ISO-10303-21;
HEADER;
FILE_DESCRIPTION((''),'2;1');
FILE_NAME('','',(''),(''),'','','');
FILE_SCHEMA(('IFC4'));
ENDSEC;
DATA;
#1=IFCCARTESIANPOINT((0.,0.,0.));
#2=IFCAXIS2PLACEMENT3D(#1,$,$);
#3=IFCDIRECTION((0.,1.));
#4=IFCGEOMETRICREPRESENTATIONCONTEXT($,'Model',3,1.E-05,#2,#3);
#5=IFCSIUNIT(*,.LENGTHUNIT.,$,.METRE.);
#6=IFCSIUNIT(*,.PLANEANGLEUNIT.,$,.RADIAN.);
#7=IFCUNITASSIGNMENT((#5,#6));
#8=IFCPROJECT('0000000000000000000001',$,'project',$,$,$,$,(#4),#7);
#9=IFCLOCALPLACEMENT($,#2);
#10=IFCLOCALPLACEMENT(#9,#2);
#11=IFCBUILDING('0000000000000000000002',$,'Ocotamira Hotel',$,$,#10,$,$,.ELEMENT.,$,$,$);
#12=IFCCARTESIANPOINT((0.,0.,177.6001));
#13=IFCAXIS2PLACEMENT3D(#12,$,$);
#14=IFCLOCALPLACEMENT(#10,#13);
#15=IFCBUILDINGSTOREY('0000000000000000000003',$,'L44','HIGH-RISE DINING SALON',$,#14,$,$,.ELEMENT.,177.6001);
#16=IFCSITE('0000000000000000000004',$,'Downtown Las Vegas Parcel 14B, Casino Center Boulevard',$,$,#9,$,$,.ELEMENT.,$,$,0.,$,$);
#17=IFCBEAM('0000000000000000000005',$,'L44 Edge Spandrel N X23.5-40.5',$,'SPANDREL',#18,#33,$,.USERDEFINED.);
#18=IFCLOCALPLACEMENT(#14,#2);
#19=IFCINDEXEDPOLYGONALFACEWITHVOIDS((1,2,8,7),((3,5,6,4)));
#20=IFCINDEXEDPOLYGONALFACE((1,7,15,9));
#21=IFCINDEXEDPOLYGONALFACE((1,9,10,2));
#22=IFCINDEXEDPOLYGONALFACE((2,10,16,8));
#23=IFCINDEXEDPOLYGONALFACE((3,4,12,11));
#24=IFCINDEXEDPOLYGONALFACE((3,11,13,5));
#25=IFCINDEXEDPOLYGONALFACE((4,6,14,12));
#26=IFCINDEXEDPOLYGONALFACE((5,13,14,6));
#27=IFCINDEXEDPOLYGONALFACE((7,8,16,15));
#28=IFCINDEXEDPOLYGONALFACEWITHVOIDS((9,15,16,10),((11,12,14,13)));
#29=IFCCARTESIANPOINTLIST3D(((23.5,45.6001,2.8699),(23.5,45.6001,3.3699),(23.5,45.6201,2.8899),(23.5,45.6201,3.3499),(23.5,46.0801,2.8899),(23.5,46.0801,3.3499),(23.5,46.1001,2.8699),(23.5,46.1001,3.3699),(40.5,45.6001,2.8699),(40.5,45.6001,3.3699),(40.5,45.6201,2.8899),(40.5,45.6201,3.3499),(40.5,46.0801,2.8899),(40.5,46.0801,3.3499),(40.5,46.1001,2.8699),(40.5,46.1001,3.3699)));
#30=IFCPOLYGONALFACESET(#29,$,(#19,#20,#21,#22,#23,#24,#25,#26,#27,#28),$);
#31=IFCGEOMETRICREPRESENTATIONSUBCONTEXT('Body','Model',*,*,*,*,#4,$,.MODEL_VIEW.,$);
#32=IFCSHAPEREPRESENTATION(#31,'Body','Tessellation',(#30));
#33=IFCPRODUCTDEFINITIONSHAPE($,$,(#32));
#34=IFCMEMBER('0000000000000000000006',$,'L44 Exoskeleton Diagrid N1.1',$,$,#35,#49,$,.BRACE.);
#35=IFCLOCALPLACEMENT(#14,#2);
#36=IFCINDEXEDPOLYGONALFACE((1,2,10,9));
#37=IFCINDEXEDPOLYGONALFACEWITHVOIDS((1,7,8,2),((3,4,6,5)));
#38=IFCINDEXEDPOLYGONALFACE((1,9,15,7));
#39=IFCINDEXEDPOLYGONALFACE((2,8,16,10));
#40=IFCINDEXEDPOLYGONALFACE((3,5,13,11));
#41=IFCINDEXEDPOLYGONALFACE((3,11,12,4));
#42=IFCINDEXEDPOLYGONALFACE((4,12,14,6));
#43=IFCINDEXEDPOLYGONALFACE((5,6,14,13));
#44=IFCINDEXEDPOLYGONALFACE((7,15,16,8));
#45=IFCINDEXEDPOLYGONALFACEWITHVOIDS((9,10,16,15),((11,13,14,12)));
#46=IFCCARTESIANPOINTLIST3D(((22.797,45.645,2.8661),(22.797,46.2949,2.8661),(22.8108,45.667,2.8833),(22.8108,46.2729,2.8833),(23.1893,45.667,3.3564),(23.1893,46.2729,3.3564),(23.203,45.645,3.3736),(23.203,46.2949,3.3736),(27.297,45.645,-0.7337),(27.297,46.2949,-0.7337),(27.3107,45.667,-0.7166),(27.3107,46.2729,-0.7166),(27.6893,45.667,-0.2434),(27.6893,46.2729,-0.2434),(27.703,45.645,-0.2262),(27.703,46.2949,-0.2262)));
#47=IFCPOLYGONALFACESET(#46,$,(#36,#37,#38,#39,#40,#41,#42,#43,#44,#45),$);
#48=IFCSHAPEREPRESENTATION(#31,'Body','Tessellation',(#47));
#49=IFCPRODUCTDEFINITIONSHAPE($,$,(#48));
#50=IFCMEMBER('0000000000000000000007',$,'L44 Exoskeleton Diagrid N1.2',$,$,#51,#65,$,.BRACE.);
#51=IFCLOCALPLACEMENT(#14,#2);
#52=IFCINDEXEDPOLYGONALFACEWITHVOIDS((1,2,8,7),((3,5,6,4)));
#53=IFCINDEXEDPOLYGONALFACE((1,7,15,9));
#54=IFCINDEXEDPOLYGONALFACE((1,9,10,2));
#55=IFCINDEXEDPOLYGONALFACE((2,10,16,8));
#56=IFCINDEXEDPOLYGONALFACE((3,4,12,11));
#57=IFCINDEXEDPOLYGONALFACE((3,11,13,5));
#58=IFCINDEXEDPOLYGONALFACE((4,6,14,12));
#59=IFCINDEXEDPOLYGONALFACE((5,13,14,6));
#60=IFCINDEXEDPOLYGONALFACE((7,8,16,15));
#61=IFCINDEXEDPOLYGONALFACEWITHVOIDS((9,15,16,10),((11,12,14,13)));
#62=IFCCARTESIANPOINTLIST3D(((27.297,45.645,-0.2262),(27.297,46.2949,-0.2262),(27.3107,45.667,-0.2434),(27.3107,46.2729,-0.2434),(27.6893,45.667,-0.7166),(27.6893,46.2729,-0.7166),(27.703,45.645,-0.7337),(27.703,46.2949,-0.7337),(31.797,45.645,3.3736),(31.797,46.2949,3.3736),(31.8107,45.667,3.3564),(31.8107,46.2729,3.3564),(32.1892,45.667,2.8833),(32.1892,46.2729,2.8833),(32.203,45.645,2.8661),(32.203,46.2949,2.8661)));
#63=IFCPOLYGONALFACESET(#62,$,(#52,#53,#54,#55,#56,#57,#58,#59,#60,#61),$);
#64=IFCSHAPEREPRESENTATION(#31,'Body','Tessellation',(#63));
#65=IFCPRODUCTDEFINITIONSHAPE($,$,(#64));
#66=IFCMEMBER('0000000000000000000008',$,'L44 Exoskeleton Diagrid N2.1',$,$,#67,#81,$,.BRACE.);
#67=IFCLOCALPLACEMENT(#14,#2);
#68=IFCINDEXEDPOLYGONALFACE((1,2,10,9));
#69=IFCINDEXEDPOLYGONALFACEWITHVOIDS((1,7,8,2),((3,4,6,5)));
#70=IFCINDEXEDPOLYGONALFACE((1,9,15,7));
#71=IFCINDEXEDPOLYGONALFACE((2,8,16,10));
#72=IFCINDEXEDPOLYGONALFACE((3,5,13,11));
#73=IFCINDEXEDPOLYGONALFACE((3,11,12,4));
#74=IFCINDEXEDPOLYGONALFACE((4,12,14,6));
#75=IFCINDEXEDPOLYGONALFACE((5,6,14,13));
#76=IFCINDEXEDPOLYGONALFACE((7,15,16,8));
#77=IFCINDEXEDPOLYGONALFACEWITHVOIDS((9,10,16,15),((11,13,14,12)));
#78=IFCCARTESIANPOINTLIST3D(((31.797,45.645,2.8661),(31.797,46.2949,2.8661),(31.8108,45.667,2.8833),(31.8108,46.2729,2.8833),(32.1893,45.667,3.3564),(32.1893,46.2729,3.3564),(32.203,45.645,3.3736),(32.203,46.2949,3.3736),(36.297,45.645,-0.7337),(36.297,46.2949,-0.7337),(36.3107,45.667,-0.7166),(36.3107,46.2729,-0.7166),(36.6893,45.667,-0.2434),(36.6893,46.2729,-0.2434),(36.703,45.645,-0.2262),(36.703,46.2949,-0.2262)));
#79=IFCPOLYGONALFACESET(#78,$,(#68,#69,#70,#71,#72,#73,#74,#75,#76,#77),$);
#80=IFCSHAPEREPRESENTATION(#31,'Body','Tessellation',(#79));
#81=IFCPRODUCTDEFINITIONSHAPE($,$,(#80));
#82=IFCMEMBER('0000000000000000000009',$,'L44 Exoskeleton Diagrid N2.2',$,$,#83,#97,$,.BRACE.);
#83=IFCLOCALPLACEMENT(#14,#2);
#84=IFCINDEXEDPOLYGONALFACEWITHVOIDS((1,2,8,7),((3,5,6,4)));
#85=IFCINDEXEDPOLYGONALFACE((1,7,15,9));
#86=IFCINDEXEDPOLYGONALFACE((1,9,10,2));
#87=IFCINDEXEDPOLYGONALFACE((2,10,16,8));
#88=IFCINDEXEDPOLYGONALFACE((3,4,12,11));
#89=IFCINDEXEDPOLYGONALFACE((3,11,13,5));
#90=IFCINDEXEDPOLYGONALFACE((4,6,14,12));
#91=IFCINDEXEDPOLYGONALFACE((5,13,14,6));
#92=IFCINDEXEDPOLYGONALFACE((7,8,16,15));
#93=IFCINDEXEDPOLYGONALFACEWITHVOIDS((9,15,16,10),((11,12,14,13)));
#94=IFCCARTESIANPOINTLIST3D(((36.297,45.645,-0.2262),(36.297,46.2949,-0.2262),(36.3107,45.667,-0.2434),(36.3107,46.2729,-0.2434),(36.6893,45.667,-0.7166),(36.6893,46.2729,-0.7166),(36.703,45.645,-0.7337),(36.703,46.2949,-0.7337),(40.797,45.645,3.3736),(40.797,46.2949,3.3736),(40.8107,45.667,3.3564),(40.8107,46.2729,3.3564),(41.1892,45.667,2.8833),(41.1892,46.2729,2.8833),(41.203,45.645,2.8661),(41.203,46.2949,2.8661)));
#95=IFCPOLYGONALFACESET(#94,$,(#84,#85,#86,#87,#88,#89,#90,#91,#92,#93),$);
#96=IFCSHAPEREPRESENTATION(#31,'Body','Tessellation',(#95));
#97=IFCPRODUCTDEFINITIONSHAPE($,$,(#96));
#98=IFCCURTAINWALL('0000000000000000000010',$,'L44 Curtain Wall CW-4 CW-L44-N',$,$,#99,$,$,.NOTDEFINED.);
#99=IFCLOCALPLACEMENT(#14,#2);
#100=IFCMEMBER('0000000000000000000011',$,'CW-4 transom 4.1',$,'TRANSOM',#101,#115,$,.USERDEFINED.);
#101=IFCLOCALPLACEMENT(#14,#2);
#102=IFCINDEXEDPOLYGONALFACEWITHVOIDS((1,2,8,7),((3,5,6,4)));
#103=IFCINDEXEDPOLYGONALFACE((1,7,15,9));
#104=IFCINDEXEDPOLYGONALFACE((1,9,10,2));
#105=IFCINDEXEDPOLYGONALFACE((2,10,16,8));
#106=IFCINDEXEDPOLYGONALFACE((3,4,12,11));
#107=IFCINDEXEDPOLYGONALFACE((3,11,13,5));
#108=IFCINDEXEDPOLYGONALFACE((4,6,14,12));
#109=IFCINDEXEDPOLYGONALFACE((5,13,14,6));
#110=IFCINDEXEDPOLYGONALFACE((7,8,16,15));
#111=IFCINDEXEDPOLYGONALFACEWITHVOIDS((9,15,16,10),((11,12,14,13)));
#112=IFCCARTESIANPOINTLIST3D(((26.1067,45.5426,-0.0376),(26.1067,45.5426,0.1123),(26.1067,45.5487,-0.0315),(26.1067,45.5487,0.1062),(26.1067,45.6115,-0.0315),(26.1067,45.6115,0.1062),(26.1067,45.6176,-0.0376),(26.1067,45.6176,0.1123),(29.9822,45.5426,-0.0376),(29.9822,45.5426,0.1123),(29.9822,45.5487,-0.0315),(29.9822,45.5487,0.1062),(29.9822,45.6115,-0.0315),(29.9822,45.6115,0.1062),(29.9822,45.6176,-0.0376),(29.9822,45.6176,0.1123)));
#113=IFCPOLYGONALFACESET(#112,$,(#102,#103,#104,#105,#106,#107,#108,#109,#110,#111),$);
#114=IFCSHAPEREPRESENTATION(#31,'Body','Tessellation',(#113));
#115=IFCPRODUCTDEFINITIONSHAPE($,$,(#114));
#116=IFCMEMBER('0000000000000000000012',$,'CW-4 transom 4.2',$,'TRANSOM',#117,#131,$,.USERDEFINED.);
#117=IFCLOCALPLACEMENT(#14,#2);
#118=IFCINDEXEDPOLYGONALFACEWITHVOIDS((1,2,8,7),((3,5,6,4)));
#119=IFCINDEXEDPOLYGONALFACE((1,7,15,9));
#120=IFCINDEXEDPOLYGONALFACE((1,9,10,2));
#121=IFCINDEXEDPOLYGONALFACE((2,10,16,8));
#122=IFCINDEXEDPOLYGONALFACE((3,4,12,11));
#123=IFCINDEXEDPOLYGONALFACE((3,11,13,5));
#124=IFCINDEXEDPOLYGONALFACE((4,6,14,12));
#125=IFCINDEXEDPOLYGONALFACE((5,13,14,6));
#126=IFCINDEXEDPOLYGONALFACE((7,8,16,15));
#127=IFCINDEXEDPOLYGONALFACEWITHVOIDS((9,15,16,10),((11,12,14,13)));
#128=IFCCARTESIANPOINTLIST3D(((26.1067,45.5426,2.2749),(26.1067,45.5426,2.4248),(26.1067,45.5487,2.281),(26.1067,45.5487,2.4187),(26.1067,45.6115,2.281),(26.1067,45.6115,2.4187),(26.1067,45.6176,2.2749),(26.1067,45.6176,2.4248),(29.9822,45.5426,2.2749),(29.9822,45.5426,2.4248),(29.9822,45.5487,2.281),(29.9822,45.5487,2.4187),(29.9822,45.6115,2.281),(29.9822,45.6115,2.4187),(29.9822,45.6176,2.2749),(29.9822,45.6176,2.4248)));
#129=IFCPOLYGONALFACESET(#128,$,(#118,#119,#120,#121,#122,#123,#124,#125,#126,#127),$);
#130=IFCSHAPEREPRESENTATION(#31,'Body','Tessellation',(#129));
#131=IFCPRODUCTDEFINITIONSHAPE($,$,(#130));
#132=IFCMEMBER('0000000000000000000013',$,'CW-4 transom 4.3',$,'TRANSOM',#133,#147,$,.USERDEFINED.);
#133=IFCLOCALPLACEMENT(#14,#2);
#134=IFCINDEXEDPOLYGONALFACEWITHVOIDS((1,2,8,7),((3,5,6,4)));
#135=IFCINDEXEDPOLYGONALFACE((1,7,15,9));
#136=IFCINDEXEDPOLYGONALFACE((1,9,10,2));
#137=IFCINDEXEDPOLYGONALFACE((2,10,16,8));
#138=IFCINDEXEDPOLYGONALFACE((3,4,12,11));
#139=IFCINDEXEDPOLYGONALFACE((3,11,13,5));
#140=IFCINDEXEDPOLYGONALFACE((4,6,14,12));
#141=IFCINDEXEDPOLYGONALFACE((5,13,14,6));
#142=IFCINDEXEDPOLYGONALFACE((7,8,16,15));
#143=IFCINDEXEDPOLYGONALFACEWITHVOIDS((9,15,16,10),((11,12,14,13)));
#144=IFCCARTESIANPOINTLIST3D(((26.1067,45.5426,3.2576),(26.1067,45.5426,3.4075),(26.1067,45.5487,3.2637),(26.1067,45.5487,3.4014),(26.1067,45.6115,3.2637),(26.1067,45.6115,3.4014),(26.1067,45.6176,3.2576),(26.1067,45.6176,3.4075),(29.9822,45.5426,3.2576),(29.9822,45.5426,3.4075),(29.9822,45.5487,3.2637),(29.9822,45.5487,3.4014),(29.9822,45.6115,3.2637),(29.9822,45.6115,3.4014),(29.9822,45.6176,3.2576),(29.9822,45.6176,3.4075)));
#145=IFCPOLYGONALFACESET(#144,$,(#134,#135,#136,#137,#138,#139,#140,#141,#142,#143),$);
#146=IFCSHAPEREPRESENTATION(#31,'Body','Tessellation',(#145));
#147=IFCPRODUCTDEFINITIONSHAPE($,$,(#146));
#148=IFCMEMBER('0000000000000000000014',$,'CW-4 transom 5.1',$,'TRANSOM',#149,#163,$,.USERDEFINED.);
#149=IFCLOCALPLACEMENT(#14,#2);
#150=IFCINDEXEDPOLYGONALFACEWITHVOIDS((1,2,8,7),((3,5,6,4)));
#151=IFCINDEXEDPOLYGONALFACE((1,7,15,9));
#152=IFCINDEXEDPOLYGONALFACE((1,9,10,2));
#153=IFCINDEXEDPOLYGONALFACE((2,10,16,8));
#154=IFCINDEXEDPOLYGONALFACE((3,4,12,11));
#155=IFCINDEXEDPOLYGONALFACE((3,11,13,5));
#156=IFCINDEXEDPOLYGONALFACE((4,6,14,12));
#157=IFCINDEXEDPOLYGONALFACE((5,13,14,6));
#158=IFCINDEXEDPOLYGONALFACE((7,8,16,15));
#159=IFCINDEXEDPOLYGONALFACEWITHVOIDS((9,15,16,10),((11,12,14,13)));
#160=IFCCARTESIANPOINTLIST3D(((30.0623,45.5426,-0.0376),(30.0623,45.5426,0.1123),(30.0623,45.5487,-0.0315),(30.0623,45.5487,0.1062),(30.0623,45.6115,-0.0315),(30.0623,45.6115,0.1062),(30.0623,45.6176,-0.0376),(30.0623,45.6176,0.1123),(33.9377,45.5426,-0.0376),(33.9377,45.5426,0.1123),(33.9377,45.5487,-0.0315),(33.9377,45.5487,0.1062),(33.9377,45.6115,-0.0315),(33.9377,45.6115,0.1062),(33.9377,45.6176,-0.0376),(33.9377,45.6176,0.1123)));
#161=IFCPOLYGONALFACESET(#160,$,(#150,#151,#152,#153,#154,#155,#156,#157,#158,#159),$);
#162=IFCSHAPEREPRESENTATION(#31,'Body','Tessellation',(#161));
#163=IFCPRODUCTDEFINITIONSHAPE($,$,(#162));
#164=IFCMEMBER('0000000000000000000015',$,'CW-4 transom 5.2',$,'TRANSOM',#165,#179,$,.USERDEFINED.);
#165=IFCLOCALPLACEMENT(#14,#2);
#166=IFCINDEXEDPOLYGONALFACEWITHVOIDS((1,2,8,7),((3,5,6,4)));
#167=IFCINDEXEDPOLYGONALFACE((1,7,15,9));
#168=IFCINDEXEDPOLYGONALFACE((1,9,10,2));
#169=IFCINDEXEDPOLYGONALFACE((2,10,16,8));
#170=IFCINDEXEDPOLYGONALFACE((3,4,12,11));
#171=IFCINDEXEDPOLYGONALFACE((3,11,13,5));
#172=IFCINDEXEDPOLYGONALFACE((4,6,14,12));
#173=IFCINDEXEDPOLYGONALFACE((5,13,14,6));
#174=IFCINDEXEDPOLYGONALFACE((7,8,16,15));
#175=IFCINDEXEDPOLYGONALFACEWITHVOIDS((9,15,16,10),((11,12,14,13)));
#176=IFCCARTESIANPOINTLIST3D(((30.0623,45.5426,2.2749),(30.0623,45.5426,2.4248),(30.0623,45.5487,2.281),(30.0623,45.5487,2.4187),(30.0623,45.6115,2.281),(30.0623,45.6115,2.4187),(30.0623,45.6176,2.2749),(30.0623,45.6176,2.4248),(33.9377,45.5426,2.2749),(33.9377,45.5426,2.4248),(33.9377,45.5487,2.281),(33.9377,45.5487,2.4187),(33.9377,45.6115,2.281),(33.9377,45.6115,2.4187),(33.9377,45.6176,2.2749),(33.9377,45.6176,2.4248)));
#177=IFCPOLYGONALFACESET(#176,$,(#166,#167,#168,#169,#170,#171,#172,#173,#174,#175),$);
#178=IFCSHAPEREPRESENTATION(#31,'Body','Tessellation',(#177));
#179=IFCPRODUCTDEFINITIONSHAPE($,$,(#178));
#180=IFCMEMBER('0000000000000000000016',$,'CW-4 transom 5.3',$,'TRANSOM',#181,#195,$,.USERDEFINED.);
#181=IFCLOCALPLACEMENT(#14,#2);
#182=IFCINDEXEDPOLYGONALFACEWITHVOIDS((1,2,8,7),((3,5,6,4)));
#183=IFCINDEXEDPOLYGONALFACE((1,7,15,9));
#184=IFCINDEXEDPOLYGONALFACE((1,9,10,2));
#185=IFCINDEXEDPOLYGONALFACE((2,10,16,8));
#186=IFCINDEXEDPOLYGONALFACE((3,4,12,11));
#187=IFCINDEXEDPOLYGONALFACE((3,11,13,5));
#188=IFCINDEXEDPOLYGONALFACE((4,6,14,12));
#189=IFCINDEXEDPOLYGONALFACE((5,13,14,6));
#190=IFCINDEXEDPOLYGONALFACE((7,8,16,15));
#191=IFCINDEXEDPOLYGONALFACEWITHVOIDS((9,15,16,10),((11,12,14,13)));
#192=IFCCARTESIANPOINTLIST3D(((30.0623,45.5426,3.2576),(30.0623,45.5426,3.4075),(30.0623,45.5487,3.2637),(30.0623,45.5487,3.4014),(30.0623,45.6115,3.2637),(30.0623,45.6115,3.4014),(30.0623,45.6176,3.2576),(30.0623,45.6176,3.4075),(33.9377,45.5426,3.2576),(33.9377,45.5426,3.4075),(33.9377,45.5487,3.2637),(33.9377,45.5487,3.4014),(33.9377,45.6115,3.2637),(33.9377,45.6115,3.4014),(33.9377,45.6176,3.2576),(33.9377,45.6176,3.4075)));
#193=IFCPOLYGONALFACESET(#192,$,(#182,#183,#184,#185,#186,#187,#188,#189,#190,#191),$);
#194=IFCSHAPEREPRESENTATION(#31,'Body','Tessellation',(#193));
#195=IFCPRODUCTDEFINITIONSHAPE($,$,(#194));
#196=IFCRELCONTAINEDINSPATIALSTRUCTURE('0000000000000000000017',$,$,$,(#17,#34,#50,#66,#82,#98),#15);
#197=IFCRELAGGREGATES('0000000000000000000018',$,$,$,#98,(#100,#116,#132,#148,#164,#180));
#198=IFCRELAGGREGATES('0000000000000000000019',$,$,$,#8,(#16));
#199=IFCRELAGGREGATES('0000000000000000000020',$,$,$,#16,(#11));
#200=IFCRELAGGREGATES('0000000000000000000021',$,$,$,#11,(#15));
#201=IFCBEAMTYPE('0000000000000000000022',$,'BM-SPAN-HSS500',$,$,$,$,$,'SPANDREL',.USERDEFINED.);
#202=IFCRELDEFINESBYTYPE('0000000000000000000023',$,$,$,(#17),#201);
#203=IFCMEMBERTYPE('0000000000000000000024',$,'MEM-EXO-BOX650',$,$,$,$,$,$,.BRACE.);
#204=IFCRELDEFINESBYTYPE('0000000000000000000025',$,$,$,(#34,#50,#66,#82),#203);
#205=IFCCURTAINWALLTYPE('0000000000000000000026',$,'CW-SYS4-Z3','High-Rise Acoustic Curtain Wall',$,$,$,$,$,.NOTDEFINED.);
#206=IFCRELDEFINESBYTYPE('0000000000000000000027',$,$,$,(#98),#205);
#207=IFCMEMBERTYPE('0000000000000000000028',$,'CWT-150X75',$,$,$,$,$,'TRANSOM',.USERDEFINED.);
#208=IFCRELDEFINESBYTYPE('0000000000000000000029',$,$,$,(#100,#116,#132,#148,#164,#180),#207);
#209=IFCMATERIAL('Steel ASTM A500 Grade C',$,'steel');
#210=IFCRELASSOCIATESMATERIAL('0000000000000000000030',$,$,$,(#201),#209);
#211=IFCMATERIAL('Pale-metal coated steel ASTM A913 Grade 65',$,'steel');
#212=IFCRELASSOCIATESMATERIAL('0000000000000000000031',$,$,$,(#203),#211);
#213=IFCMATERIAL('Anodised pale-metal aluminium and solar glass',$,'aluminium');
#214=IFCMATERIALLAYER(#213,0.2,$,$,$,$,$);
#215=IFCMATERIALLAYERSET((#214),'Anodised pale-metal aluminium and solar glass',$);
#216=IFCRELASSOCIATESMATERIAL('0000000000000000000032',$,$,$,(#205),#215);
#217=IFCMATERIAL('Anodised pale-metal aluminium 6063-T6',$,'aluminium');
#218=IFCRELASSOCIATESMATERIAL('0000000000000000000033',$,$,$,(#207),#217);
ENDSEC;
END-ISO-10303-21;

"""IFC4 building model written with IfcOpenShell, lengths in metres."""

from ifc_helpers import new_model, si_unit, direction, frame, origin, origin_2d, place, context, subcontext, project, spatial, hollow_rectangle, extrude, source, transform, mapped, material, layer, layer_set, material_profile, profile_set, type_object, element, aggregate, save


model = new_model("IFC4")

# Units and contexts
model_context = context("Model", 3, precision=1e-05, world=origin(), true_north=direction((0.0, 1.0)))
body_context = subcontext(model_context, "Body", "Model", "MODEL_VIEW")
ifc_project = project(units=[si_unit("LENGTHUNIT", "METRE"), si_unit("PLANEANGLEUNIT", "RADIAN")], contexts=[model_context])

# Site, building, storey
site_placement = place(None, origin())
site = spatial("IfcSite", under=ifc_project, at=site_placement, Name="Downtown Las Vegas Parcel 14B, Casino Center Boulevard", CompositionType="ELEMENT", RefElevation=0.0)
building_placement = place(site_placement, origin())
building = spatial("IfcBuilding", under=site, at=building_placement, Name="Ocotamira Hotel", CompositionType="ELEMENT")
storey_placement = place(building_placement, frame((0.0, 0.0, 177.6001)))
storey = spatial("IfcBuildingStorey", under=building, at=storey_placement, Name="L44", Description="HIGH-RISE DINING SALON", CompositionType="ELEMENT", Elevation=177.6001)

# Beam
ifc_material_1 = material(Name="Steel ASTM A500 Grade C", Category="steel")
ifc_material_profile_1 = material_profile(ifc_material_1, hollow_rectangle(XDim=0.5, YDim=0.5, WallThickness=0.02, at=origin_2d()), Name="HSS500X500X20")
ifc_profile_set_1 = profile_set([ifc_material_profile_1], Name="Steel ASTM A500 Grade C")
beam_type = type_object("IfcBeamType", Name="BM-SPAN-HSS500", ElementType="SPANDREL", PredefinedType="USERDEFINED", material=ifc_profile_set_1)
shared_shape_1 = source(origin(), body_context, "Body", "SweptSolid", [
    extrude(hollow_rectangle(XDim=0.5, YDim=0.5, WallThickness=0.02, at=origin_2d()), origin(), (0.0, 0.0, 1.0), 17.0),
])
beam_placement = place(storey_placement, frame((23.5, 45.8501, 3.1199), z_axis=(1.0, 0.0, 0.0), x_axis=(0.0, 1.0, 0.0)))
element("IfcBeam", 1, at=beam_placement, inside=storey, type_object=beam_type, Name="L44 Edge Spandrel N X23.5-40.5", ObjectType="SPANDREL", PredefinedType="USERDEFINED", context=body_context, shape_type="MappedRepresentation", body=[
    mapped(shared_shape_1, transform((0.0, 0.0, 0.0), scale=1.0)),
])

# Members
ifc_material_2 = material(Name="Pale-metal coated steel ASTM A913 Grade 65", Category="steel")
ifc_material_profile_2 = material_profile(ifc_material_2, hollow_rectangle(XDim=0.6499, YDim=0.6499, WallThickness=0.022, at=origin_2d()), Name="BOX650X650X22")
ifc_profile_set_2 = profile_set([ifc_material_profile_2], Name="Pale-metal coated steel ASTM A913 Grade 65")
member_type_1 = type_object("IfcMemberType", Name="MEM-EXO-BOX650", PredefinedType="BRACE", material=ifc_profile_set_2)
shared_shape_2 = source(origin(), body_context, "Body", "SweptSolid", [
    extrude(hollow_rectangle(XDim=0.6499, YDim=0.6499, WallThickness=0.022, at=origin_2d()), origin(), (0.0, 0.0, 1.0), 5.7627),
])
for number, where, z_axis, x_axis, name in (
    (2, (27.5, 45.97, -0.48), (-0.780881, 0.0, 0.62468), (0.0, -1.0, 0.0), "L44 Exoskeleton Diagrid N1.1"),
    (3, (27.5, 45.97, -0.48), (0.780881, 0.0, 0.62468), (0.0, 1.0, 0.0), "L44 Exoskeleton Diagrid N1.2"),
    (4, (36.5, 45.97, -0.48), (-0.780881, 0.0, 0.62468), (0.0, -1.0, 0.0), "L44 Exoskeleton Diagrid N2.1"),
    (5, (36.5, 45.97, -0.48), (0.780881, 0.0, 0.62468), (0.0, 1.0, 0.0), "L44 Exoskeleton Diagrid N2.2"),
):
    element("IfcMember", number, at=place(storey_placement, frame(where, z_axis=z_axis, x_axis=x_axis)), inside=storey, type_object=member_type_1, Name=name, PredefinedType="BRACE", context=body_context, shape_type="MappedRepresentation", body=[
        mapped(shared_shape_2, transform((0.0, 0.0, 0.0), scale=1.0)),
    ])

# Curtain wall, members
ifc_material_3 = material(Name="Anodised pale-metal aluminium and solar glass", Category="aluminium")
ifc_layer_1 = layer(ifc_material_3, 0.2)
ifc_layer_set_1 = layer_set([ifc_layer_1], Name="Anodised pale-metal aluminium and solar glass")
curtain_wall_type = type_object("IfcCurtainWallType", Name="CW-SYS4-Z3", Description="High-Rise Acoustic Curtain Wall", PredefinedType="NOTDEFINED", material=ifc_layer_set_1)
curtain_wall_placement = place(storey_placement, origin())
curtain_wall = element("IfcCurtainWall", 6, at=curtain_wall_placement, inside=storey, type_object=curtain_wall_type, Name="L44 Curtain Wall CW-4 CW-L44-N", PredefinedType="NOTDEFINED")
ifc_material_4 = material(Name="Anodised pale-metal aluminium 6063-T6", Category="aluminium")
ifc_material_profile_3 = material_profile(ifc_material_4, hollow_rectangle(XDim=0.075, YDim=0.1499, WallThickness=0.0061, at=origin_2d()), Name="HSS150X75X6")
ifc_profile_set_3 = profile_set([ifc_material_profile_3], Name="Anodised pale-metal aluminium 6063-T6")
member_type_2 = type_object("IfcMemberType", Name="CWT-150X75", ElementType="TRANSOM", PredefinedType="USERDEFINED", material=ifc_profile_set_3)
shared_shape_3 = source(origin(), body_context, "Body", "SweptSolid", [
    extrude(hollow_rectangle(XDim=0.075, YDim=0.1499, WallThickness=0.0061, at=origin_2d()), origin(), (0.0, 0.0, 1.0), 3.8755),
])
member_1_placement = place(storey_placement, frame((26.1067, 45.5801, 0.0374), z_axis=(1.0, 0.0, 0.0), x_axis=(0.0, 1.0, 0.0)))
member_1 = element("IfcMember", 7, at=member_1_placement, type_object=member_type_2, Name="CW-4 transom 4.1", ObjectType="TRANSOM", PredefinedType="USERDEFINED", context=body_context, shape_type="MappedRepresentation", body=[
    mapped(shared_shape_3, transform((0.0, 0.0, 0.0), scale=1.0)),
])
member_2_placement = place(storey_placement, frame((26.1067, 45.5801, 2.3499), z_axis=(1.0, 0.0, 0.0), x_axis=(0.0, 1.0, 0.0)))
member_2 = element("IfcMember", 8, at=member_2_placement, type_object=member_type_2, Name="CW-4 transom 4.2", ObjectType="TRANSOM", PredefinedType="USERDEFINED", context=body_context, shape_type="MappedRepresentation", body=[
    mapped(shared_shape_3, transform((0.0, 0.0, 0.0), scale=1.0)),
])
member_3_placement = place(storey_placement, frame((26.1067, 45.5801, 3.3325), z_axis=(1.0, 0.0, 0.0), x_axis=(0.0, 1.0, 0.0)))
member_3 = element("IfcMember", 9, at=member_3_placement, type_object=member_type_2, Name="CW-4 transom 4.3", ObjectType="TRANSOM", PredefinedType="USERDEFINED", context=body_context, shape_type="MappedRepresentation", body=[
    mapped(shared_shape_3, transform((0.0, 0.0, 0.0), scale=1.0)),
])
member_4_placement = place(storey_placement, frame((30.0623, 45.5801, 0.0374), z_axis=(1.0, 0.0, 0.0), x_axis=(0.0, 1.0, 0.0)))
member_4 = element("IfcMember", 10, at=member_4_placement, type_object=member_type_2, Name="CW-4 transom 5.1", ObjectType="TRANSOM", PredefinedType="USERDEFINED", context=body_context, shape_type="MappedRepresentation", body=[
    mapped(shared_shape_3, transform((0.0, 0.0, 0.0), scale=1.0)),
])
member_5_placement = place(storey_placement, frame((30.0623, 45.5801, 2.3499), z_axis=(1.0, 0.0, 0.0), x_axis=(0.0, 1.0, 0.0)))
member_5 = element("IfcMember", 11, at=member_5_placement, type_object=member_type_2, Name="CW-4 transom 5.2", ObjectType="TRANSOM", PredefinedType="USERDEFINED", context=body_context, shape_type="MappedRepresentation", body=[
    mapped(shared_shape_3, transform((0.0, 0.0, 0.0), scale=1.0)),
])
member_6_placement = place(storey_placement, frame((30.0623, 45.5801, 3.3325), z_axis=(1.0, 0.0, 0.0), x_axis=(0.0, 1.0, 0.0)))
member_6 = element("IfcMember", 12, at=member_6_placement, type_object=member_type_2, Name="CW-4 transom 5.3", ObjectType="TRANSOM", PredefinedType="USERDEFINED", context=body_context, shape_type="MappedRepresentation", body=[
    mapped(shared_shape_3, transform((0.0, 0.0, 0.0), scale=1.0)),
])

aggregate(curtain_wall, [member_1, member_2, member_3, member_4, member_5, member_6])

save(model, "model.ifc")
